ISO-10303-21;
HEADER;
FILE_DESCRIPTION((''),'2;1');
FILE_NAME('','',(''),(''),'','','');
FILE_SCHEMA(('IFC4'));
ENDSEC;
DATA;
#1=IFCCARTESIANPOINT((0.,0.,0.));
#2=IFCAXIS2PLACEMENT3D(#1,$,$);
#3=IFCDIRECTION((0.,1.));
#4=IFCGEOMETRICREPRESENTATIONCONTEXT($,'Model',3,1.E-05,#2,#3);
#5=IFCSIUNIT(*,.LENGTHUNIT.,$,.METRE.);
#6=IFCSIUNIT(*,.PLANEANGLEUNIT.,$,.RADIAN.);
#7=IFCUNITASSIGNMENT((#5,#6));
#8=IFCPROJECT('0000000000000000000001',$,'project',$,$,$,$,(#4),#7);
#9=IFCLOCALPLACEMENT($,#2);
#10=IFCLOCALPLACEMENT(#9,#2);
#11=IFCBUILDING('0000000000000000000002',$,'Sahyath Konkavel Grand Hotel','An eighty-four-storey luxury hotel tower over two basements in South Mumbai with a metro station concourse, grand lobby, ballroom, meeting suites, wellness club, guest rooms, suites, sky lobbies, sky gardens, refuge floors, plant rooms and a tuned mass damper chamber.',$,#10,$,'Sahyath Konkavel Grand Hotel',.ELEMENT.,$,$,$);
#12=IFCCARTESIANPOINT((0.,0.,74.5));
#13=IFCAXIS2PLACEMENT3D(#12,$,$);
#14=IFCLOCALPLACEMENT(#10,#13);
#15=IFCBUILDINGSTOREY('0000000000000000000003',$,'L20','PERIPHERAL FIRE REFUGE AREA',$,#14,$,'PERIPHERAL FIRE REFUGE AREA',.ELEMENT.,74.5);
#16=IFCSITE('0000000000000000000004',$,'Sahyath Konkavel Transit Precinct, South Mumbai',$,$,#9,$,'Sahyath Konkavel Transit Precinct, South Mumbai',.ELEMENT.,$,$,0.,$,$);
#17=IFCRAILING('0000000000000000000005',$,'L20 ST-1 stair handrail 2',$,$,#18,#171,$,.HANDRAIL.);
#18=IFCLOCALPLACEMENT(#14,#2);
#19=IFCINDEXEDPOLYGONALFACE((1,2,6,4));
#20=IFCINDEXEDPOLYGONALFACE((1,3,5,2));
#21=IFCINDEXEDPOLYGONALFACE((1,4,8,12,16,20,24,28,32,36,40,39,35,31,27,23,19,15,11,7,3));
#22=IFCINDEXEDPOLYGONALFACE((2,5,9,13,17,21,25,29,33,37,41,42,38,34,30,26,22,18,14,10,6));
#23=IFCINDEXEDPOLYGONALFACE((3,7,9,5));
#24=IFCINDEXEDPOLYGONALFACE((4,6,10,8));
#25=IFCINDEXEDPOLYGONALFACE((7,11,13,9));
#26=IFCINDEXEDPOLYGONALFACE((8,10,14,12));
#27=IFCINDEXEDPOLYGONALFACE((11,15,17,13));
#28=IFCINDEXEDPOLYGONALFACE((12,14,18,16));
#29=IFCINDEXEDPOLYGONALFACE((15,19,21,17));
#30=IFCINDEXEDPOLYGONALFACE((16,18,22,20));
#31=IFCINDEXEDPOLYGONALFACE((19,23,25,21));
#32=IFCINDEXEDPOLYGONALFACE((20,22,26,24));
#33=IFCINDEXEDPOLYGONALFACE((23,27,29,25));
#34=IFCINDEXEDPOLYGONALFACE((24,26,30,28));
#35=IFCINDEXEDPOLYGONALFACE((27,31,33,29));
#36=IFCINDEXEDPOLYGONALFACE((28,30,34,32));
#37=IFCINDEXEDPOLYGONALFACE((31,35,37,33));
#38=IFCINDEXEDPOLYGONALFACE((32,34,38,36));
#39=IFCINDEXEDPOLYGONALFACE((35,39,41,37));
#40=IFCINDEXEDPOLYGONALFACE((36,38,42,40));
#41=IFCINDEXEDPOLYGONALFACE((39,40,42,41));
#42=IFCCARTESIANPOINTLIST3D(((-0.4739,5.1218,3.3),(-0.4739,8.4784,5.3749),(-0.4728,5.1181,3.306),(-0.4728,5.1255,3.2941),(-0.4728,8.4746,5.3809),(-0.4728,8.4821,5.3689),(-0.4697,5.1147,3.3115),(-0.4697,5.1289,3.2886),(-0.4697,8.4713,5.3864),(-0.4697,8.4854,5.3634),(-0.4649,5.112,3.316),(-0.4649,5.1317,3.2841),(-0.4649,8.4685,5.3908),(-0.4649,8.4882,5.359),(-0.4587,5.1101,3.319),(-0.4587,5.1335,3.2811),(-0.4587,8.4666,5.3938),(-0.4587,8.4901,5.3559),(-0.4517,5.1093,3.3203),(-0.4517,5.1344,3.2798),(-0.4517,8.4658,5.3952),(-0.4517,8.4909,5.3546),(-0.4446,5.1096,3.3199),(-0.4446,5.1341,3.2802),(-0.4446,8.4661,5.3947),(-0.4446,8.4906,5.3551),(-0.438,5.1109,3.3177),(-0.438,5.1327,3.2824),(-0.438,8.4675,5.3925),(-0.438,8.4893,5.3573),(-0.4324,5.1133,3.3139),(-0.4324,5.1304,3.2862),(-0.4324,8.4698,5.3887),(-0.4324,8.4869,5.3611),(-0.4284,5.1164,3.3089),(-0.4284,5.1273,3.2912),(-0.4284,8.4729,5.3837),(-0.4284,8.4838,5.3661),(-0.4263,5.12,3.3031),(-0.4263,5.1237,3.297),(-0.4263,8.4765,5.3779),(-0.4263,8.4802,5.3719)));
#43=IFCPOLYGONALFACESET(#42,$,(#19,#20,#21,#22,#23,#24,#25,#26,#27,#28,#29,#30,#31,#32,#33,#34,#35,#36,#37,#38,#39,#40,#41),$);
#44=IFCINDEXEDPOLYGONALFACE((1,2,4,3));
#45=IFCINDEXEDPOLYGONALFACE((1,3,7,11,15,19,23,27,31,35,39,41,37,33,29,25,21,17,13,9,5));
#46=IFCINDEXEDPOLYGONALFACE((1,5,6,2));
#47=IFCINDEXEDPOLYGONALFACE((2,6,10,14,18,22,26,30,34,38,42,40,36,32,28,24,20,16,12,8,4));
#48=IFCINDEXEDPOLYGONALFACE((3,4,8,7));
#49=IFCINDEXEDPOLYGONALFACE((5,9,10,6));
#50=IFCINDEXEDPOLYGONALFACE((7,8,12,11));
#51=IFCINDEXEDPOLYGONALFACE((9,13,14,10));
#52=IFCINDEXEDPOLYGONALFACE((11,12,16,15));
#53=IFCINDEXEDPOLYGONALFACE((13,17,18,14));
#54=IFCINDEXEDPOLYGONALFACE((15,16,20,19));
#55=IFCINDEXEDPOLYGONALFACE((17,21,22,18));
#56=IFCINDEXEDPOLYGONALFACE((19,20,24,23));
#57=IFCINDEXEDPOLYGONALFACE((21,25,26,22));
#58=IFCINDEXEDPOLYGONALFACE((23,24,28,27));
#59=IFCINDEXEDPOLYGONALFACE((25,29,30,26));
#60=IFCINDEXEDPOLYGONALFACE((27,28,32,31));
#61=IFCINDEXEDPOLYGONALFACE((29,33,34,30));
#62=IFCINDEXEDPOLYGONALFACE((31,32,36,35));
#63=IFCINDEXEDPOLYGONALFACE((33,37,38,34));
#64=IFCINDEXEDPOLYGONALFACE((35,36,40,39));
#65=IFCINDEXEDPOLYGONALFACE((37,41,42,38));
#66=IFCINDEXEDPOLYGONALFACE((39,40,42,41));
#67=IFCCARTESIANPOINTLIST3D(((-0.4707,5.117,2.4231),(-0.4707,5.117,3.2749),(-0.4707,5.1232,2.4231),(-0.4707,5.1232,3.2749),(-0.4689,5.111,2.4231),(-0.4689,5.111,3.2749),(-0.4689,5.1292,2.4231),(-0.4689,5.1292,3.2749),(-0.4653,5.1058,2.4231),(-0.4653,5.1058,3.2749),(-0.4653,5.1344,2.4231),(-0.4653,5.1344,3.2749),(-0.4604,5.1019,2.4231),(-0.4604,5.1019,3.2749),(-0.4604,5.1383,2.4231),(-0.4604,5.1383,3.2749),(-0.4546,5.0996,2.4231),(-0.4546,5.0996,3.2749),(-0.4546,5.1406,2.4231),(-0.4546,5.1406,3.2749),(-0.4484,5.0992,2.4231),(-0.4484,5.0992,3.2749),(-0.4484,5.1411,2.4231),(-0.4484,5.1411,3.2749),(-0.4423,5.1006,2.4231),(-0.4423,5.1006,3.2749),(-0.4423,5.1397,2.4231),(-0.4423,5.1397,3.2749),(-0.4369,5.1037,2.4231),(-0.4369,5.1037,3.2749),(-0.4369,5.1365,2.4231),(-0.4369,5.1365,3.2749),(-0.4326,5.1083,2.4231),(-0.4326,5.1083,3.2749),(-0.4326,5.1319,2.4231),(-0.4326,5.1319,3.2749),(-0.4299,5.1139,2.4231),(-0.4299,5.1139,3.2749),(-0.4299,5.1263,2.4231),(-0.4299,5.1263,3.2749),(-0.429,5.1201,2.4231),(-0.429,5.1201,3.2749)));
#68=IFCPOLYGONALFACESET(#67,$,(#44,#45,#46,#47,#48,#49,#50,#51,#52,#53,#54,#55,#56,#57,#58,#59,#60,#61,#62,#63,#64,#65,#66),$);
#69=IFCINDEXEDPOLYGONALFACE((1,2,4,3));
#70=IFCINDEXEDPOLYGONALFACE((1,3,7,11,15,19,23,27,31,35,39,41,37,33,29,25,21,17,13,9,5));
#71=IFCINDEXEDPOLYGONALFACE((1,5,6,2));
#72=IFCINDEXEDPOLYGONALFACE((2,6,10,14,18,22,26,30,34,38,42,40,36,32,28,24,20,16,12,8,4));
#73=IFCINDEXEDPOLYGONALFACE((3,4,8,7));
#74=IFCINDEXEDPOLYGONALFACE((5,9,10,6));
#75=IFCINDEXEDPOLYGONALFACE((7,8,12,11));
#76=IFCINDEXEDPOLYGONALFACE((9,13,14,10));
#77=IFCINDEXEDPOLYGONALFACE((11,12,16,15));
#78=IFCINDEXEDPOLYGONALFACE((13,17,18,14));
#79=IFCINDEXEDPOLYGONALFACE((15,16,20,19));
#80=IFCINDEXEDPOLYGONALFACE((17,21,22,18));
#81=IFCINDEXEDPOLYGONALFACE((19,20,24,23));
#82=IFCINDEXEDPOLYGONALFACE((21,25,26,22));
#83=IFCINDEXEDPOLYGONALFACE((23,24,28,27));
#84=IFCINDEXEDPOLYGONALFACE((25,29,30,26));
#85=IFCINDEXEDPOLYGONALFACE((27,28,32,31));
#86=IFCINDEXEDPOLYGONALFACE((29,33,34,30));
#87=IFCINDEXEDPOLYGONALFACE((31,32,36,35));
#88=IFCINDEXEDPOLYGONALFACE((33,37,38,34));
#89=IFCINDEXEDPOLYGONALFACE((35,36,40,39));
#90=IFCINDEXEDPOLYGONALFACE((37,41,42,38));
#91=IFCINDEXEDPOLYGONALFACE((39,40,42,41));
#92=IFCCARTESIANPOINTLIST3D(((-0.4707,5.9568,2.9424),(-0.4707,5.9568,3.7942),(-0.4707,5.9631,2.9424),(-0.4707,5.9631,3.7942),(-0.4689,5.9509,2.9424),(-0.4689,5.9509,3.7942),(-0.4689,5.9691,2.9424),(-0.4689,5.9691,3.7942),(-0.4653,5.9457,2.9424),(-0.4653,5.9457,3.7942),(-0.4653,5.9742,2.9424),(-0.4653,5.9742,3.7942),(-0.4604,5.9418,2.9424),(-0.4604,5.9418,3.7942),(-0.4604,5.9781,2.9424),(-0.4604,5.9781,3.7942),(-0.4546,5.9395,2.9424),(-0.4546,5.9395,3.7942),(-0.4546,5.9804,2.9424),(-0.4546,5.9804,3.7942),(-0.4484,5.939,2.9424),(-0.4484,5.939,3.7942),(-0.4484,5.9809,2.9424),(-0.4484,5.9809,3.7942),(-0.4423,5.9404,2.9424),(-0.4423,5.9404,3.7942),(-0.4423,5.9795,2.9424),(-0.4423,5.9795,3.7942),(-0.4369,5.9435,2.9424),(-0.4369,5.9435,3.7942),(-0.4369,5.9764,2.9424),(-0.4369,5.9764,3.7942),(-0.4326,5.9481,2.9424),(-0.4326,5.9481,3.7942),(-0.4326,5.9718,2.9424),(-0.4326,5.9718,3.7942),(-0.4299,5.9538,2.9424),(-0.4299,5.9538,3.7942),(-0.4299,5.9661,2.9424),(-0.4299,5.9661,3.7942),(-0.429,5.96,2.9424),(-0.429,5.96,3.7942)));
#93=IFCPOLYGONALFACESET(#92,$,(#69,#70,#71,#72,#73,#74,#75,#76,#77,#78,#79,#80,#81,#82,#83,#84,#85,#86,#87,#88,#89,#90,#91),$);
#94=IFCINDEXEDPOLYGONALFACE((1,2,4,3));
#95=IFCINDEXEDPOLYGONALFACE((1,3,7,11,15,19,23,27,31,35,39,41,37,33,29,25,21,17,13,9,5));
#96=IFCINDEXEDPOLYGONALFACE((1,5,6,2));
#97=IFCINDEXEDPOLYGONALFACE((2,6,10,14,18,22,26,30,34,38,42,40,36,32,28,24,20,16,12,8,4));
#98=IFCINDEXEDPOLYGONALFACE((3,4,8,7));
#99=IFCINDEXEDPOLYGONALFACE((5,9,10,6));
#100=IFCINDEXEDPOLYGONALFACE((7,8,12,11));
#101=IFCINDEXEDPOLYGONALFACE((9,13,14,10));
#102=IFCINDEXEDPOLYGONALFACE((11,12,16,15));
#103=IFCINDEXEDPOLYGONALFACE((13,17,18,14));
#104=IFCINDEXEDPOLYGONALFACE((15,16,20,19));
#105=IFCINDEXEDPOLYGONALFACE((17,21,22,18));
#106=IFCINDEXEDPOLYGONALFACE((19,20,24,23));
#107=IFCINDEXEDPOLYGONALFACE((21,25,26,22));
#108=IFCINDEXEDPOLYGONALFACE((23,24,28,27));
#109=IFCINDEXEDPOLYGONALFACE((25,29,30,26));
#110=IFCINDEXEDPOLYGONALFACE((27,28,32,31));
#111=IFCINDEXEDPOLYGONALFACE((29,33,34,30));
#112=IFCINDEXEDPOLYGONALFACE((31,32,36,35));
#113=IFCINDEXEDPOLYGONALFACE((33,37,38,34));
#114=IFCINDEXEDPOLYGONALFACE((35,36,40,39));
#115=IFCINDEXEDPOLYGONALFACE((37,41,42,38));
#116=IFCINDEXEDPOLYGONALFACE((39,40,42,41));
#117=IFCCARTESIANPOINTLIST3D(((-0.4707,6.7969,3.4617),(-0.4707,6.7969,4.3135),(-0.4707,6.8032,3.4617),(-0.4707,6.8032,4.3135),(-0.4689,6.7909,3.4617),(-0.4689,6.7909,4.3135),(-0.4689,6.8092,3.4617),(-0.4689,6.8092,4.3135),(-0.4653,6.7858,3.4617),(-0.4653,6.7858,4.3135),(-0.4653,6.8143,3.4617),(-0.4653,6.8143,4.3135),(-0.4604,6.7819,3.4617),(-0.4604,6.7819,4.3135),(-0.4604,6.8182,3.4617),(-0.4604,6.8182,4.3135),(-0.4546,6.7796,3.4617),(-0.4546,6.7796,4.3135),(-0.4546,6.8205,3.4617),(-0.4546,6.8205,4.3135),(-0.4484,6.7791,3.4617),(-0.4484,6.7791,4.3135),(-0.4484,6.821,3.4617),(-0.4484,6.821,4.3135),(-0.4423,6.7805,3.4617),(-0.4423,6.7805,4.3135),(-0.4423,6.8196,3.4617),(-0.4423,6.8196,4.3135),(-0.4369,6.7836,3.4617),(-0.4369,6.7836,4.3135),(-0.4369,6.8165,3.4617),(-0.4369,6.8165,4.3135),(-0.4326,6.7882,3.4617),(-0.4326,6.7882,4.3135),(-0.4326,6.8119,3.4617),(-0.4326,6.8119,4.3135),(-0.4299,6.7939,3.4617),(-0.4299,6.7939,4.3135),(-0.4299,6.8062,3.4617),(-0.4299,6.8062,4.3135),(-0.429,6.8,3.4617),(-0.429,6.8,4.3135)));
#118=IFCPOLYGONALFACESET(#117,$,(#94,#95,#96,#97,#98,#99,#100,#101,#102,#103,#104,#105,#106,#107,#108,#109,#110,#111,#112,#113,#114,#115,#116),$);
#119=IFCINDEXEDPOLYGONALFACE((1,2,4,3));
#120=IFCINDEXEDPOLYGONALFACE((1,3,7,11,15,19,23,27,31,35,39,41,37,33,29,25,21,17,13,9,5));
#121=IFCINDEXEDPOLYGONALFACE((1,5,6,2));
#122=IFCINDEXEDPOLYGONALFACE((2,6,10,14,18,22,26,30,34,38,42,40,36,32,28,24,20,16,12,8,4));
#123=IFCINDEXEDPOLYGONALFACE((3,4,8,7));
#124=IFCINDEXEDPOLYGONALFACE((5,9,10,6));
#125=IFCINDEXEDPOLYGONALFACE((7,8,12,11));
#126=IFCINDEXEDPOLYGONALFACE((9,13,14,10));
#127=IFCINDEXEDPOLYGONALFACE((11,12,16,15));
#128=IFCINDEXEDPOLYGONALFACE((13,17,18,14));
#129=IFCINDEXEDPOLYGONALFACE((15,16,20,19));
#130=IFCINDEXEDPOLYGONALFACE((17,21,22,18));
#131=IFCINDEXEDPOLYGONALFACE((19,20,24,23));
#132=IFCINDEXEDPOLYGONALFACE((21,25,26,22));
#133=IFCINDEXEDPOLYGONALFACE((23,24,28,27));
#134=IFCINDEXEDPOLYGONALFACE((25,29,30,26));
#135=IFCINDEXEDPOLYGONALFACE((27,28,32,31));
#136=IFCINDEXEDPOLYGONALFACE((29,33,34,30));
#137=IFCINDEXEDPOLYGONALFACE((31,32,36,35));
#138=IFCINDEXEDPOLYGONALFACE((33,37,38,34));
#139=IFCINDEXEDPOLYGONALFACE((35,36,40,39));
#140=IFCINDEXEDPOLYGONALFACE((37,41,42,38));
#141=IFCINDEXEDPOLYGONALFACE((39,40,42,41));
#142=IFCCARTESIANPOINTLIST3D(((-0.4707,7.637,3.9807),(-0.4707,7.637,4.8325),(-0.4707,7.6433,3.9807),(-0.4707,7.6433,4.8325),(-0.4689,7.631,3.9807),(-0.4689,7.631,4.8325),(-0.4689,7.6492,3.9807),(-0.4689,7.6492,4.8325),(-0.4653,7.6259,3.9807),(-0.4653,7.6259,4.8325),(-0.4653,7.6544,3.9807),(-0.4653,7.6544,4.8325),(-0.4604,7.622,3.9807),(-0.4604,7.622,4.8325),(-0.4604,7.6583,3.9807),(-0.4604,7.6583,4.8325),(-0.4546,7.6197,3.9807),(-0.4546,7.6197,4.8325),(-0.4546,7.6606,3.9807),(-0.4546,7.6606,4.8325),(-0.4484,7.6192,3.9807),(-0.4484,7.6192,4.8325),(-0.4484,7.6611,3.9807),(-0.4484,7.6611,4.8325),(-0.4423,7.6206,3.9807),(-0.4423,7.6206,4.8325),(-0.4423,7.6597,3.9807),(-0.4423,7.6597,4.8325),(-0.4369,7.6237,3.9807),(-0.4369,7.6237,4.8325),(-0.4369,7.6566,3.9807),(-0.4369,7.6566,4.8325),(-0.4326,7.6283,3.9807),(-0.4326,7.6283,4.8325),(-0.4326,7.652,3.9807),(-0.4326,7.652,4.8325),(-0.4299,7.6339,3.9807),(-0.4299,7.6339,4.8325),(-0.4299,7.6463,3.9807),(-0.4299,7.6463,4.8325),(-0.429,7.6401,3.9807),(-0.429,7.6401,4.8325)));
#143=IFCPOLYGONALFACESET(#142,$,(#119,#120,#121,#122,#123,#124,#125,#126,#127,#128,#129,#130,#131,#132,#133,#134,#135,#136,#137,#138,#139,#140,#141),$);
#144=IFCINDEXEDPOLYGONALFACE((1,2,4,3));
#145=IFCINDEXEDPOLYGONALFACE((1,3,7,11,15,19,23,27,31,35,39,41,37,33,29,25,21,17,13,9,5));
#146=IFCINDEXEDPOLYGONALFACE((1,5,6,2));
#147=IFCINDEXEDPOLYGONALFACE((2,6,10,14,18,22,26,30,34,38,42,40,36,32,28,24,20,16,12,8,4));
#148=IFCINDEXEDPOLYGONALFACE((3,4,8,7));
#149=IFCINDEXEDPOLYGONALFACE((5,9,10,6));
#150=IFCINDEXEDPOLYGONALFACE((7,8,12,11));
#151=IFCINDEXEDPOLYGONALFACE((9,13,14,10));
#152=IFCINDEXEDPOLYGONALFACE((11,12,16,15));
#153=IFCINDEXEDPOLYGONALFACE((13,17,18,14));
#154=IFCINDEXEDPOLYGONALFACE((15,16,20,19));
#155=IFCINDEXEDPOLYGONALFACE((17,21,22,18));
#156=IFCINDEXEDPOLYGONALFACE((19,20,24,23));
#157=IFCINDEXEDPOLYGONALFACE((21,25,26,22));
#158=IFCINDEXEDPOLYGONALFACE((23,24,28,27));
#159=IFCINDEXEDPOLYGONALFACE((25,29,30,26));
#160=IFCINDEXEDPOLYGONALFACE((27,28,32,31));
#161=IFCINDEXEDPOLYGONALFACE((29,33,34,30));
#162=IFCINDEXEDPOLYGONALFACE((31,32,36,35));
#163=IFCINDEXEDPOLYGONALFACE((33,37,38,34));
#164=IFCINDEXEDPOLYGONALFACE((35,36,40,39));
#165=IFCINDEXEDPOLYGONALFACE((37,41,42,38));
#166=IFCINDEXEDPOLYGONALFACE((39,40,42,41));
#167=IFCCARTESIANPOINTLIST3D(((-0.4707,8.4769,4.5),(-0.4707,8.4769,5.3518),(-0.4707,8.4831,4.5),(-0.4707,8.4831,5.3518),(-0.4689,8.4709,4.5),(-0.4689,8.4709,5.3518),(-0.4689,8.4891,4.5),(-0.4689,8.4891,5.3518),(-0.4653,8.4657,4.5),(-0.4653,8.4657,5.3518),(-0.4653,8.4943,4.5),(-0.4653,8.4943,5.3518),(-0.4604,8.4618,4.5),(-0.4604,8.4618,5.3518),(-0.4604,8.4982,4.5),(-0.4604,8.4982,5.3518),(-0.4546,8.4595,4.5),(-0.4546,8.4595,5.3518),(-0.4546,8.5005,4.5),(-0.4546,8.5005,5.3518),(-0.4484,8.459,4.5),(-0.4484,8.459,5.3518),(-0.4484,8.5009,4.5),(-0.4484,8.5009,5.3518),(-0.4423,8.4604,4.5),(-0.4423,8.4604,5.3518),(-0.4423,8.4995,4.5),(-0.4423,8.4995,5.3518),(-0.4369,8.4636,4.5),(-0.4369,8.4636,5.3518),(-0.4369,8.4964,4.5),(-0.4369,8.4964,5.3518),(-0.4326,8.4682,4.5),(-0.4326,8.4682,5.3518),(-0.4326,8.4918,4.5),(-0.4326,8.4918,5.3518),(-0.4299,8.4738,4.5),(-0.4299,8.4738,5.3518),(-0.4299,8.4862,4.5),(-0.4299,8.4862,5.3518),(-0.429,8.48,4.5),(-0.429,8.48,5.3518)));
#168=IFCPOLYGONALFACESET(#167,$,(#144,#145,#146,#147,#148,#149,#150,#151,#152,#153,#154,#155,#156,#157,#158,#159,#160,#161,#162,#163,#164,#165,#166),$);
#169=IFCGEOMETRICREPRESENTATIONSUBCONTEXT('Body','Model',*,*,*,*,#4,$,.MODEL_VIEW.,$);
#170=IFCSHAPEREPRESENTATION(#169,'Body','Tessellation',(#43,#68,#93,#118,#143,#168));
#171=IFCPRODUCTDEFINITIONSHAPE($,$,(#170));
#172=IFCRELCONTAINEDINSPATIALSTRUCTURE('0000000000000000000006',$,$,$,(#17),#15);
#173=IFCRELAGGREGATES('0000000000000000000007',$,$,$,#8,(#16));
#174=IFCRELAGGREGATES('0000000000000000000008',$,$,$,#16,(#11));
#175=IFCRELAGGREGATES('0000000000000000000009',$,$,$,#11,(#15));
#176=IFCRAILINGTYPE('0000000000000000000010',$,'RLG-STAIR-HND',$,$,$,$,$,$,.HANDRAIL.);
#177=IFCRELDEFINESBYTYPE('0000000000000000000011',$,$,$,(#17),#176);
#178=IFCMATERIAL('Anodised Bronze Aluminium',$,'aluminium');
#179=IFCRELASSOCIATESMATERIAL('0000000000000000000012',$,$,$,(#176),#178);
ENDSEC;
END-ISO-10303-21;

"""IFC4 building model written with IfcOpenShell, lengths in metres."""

from ifc_helpers import new_model, si_unit, direction, frame, origin, origin_2d, place, context, subcontext, project, spatial, circle, extrude, material, type_object, element, save


model = new_model("IFC4")

# Units and contexts
model_context = context("Model", 3, precision=1e-05, world=origin(), true_north=direction((0.0, 1.0)))
body_context = subcontext(model_context, "Body", "Model", "MODEL_VIEW")
ifc_project = project(units=[si_unit("LENGTHUNIT", "METRE"), si_unit("PLANEANGLEUNIT", "RADIAN")], contexts=[model_context])

# Site, building, storey
site_placement = place(None, origin())
site = spatial("IfcSite", under=ifc_project, at=site_placement, Name="Sahyath Konkavel Transit Precinct, South Mumbai", LongName="Sahyath Konkavel Transit Precinct, South Mumbai", CompositionType="ELEMENT", RefElevation=0.0)
building_placement = place(site_placement, origin())
building = spatial("IfcBuilding", under=site, at=building_placement, Name="Sahyath Konkavel Grand Hotel", Description="An eighty-four-storey luxury hotel tower over two basements in South Mumbai with a metro station concourse, grand lobby, ballroom, meeting suites, wellness club, guest rooms, suites, sky lobbies, sky gardens, refuge floors, plant rooms and a tuned mass damper chamber.", LongName="Sahyath Konkavel Grand Hotel", CompositionType="ELEMENT")
storey_placement = place(building_placement, frame((0.0, 0.0, 74.5)))
storey = spatial("IfcBuildingStorey", under=building, at=storey_placement, Name="L20", Description="PERIPHERAL FIRE REFUGE AREA", LongName="PERIPHERAL FIRE REFUGE AREA", CompositionType="ELEMENT", Elevation=74.5)

# Railing
ifc_material_1 = material(Name="Anodised Bronze Aluminium", Category="aluminium")
railing_type_1 = type_object("IfcRailingType", Name="RLG-STAIR-HND", PredefinedType="HANDRAIL", material=ifc_material_1)
railing_1_placement = place(storey_placement, frame((-0.45, 5.1201, 2.4231)))
element("IfcRailing", 1, at=railing_1_placement, inside=storey, type_object=railing_type_1, Name="L20 ST-1 stair handrail 2", PredefinedType="HANDRAIL", context=body_context, shape_type="SweptSolid", body=[
    extrude(circle(Radius=0.0239, at=origin_2d()), frame((0.0, 0.0017, 0.877), z_axis=(0.0, 0.850606, 0.525803), x_axis=(-1.0, 0.0, 0.0)), (0.0, 0.0, 1.0), 3.946),
    extrude(circle(Radius=0.021, at=origin_2d()), origin(), (0.0, 0.0, 1.0), 0.8518),
    extrude(circle(Radius=0.021, at=origin_2d()), frame((0.0, 0.8398, 0.5193)), (0.0, 0.0, 1.0), 0.8518),
    extrude(circle(Radius=0.021, at=origin_2d()), frame((0.0, 1.6799, 1.0386)), (0.0, 0.0, 1.0), 0.8518),
    extrude(circle(Radius=0.021, at=origin_2d()), frame((0.0, 2.52, 1.5576)), (0.0, 0.0, 1.0), 0.8518),
    extrude(circle(Radius=0.021, at=origin_2d()), frame((0.0, 3.3599, 2.0769)), (0.0, 0.0, 1.0), 0.8518),
])

save(model, "model.ifc")
